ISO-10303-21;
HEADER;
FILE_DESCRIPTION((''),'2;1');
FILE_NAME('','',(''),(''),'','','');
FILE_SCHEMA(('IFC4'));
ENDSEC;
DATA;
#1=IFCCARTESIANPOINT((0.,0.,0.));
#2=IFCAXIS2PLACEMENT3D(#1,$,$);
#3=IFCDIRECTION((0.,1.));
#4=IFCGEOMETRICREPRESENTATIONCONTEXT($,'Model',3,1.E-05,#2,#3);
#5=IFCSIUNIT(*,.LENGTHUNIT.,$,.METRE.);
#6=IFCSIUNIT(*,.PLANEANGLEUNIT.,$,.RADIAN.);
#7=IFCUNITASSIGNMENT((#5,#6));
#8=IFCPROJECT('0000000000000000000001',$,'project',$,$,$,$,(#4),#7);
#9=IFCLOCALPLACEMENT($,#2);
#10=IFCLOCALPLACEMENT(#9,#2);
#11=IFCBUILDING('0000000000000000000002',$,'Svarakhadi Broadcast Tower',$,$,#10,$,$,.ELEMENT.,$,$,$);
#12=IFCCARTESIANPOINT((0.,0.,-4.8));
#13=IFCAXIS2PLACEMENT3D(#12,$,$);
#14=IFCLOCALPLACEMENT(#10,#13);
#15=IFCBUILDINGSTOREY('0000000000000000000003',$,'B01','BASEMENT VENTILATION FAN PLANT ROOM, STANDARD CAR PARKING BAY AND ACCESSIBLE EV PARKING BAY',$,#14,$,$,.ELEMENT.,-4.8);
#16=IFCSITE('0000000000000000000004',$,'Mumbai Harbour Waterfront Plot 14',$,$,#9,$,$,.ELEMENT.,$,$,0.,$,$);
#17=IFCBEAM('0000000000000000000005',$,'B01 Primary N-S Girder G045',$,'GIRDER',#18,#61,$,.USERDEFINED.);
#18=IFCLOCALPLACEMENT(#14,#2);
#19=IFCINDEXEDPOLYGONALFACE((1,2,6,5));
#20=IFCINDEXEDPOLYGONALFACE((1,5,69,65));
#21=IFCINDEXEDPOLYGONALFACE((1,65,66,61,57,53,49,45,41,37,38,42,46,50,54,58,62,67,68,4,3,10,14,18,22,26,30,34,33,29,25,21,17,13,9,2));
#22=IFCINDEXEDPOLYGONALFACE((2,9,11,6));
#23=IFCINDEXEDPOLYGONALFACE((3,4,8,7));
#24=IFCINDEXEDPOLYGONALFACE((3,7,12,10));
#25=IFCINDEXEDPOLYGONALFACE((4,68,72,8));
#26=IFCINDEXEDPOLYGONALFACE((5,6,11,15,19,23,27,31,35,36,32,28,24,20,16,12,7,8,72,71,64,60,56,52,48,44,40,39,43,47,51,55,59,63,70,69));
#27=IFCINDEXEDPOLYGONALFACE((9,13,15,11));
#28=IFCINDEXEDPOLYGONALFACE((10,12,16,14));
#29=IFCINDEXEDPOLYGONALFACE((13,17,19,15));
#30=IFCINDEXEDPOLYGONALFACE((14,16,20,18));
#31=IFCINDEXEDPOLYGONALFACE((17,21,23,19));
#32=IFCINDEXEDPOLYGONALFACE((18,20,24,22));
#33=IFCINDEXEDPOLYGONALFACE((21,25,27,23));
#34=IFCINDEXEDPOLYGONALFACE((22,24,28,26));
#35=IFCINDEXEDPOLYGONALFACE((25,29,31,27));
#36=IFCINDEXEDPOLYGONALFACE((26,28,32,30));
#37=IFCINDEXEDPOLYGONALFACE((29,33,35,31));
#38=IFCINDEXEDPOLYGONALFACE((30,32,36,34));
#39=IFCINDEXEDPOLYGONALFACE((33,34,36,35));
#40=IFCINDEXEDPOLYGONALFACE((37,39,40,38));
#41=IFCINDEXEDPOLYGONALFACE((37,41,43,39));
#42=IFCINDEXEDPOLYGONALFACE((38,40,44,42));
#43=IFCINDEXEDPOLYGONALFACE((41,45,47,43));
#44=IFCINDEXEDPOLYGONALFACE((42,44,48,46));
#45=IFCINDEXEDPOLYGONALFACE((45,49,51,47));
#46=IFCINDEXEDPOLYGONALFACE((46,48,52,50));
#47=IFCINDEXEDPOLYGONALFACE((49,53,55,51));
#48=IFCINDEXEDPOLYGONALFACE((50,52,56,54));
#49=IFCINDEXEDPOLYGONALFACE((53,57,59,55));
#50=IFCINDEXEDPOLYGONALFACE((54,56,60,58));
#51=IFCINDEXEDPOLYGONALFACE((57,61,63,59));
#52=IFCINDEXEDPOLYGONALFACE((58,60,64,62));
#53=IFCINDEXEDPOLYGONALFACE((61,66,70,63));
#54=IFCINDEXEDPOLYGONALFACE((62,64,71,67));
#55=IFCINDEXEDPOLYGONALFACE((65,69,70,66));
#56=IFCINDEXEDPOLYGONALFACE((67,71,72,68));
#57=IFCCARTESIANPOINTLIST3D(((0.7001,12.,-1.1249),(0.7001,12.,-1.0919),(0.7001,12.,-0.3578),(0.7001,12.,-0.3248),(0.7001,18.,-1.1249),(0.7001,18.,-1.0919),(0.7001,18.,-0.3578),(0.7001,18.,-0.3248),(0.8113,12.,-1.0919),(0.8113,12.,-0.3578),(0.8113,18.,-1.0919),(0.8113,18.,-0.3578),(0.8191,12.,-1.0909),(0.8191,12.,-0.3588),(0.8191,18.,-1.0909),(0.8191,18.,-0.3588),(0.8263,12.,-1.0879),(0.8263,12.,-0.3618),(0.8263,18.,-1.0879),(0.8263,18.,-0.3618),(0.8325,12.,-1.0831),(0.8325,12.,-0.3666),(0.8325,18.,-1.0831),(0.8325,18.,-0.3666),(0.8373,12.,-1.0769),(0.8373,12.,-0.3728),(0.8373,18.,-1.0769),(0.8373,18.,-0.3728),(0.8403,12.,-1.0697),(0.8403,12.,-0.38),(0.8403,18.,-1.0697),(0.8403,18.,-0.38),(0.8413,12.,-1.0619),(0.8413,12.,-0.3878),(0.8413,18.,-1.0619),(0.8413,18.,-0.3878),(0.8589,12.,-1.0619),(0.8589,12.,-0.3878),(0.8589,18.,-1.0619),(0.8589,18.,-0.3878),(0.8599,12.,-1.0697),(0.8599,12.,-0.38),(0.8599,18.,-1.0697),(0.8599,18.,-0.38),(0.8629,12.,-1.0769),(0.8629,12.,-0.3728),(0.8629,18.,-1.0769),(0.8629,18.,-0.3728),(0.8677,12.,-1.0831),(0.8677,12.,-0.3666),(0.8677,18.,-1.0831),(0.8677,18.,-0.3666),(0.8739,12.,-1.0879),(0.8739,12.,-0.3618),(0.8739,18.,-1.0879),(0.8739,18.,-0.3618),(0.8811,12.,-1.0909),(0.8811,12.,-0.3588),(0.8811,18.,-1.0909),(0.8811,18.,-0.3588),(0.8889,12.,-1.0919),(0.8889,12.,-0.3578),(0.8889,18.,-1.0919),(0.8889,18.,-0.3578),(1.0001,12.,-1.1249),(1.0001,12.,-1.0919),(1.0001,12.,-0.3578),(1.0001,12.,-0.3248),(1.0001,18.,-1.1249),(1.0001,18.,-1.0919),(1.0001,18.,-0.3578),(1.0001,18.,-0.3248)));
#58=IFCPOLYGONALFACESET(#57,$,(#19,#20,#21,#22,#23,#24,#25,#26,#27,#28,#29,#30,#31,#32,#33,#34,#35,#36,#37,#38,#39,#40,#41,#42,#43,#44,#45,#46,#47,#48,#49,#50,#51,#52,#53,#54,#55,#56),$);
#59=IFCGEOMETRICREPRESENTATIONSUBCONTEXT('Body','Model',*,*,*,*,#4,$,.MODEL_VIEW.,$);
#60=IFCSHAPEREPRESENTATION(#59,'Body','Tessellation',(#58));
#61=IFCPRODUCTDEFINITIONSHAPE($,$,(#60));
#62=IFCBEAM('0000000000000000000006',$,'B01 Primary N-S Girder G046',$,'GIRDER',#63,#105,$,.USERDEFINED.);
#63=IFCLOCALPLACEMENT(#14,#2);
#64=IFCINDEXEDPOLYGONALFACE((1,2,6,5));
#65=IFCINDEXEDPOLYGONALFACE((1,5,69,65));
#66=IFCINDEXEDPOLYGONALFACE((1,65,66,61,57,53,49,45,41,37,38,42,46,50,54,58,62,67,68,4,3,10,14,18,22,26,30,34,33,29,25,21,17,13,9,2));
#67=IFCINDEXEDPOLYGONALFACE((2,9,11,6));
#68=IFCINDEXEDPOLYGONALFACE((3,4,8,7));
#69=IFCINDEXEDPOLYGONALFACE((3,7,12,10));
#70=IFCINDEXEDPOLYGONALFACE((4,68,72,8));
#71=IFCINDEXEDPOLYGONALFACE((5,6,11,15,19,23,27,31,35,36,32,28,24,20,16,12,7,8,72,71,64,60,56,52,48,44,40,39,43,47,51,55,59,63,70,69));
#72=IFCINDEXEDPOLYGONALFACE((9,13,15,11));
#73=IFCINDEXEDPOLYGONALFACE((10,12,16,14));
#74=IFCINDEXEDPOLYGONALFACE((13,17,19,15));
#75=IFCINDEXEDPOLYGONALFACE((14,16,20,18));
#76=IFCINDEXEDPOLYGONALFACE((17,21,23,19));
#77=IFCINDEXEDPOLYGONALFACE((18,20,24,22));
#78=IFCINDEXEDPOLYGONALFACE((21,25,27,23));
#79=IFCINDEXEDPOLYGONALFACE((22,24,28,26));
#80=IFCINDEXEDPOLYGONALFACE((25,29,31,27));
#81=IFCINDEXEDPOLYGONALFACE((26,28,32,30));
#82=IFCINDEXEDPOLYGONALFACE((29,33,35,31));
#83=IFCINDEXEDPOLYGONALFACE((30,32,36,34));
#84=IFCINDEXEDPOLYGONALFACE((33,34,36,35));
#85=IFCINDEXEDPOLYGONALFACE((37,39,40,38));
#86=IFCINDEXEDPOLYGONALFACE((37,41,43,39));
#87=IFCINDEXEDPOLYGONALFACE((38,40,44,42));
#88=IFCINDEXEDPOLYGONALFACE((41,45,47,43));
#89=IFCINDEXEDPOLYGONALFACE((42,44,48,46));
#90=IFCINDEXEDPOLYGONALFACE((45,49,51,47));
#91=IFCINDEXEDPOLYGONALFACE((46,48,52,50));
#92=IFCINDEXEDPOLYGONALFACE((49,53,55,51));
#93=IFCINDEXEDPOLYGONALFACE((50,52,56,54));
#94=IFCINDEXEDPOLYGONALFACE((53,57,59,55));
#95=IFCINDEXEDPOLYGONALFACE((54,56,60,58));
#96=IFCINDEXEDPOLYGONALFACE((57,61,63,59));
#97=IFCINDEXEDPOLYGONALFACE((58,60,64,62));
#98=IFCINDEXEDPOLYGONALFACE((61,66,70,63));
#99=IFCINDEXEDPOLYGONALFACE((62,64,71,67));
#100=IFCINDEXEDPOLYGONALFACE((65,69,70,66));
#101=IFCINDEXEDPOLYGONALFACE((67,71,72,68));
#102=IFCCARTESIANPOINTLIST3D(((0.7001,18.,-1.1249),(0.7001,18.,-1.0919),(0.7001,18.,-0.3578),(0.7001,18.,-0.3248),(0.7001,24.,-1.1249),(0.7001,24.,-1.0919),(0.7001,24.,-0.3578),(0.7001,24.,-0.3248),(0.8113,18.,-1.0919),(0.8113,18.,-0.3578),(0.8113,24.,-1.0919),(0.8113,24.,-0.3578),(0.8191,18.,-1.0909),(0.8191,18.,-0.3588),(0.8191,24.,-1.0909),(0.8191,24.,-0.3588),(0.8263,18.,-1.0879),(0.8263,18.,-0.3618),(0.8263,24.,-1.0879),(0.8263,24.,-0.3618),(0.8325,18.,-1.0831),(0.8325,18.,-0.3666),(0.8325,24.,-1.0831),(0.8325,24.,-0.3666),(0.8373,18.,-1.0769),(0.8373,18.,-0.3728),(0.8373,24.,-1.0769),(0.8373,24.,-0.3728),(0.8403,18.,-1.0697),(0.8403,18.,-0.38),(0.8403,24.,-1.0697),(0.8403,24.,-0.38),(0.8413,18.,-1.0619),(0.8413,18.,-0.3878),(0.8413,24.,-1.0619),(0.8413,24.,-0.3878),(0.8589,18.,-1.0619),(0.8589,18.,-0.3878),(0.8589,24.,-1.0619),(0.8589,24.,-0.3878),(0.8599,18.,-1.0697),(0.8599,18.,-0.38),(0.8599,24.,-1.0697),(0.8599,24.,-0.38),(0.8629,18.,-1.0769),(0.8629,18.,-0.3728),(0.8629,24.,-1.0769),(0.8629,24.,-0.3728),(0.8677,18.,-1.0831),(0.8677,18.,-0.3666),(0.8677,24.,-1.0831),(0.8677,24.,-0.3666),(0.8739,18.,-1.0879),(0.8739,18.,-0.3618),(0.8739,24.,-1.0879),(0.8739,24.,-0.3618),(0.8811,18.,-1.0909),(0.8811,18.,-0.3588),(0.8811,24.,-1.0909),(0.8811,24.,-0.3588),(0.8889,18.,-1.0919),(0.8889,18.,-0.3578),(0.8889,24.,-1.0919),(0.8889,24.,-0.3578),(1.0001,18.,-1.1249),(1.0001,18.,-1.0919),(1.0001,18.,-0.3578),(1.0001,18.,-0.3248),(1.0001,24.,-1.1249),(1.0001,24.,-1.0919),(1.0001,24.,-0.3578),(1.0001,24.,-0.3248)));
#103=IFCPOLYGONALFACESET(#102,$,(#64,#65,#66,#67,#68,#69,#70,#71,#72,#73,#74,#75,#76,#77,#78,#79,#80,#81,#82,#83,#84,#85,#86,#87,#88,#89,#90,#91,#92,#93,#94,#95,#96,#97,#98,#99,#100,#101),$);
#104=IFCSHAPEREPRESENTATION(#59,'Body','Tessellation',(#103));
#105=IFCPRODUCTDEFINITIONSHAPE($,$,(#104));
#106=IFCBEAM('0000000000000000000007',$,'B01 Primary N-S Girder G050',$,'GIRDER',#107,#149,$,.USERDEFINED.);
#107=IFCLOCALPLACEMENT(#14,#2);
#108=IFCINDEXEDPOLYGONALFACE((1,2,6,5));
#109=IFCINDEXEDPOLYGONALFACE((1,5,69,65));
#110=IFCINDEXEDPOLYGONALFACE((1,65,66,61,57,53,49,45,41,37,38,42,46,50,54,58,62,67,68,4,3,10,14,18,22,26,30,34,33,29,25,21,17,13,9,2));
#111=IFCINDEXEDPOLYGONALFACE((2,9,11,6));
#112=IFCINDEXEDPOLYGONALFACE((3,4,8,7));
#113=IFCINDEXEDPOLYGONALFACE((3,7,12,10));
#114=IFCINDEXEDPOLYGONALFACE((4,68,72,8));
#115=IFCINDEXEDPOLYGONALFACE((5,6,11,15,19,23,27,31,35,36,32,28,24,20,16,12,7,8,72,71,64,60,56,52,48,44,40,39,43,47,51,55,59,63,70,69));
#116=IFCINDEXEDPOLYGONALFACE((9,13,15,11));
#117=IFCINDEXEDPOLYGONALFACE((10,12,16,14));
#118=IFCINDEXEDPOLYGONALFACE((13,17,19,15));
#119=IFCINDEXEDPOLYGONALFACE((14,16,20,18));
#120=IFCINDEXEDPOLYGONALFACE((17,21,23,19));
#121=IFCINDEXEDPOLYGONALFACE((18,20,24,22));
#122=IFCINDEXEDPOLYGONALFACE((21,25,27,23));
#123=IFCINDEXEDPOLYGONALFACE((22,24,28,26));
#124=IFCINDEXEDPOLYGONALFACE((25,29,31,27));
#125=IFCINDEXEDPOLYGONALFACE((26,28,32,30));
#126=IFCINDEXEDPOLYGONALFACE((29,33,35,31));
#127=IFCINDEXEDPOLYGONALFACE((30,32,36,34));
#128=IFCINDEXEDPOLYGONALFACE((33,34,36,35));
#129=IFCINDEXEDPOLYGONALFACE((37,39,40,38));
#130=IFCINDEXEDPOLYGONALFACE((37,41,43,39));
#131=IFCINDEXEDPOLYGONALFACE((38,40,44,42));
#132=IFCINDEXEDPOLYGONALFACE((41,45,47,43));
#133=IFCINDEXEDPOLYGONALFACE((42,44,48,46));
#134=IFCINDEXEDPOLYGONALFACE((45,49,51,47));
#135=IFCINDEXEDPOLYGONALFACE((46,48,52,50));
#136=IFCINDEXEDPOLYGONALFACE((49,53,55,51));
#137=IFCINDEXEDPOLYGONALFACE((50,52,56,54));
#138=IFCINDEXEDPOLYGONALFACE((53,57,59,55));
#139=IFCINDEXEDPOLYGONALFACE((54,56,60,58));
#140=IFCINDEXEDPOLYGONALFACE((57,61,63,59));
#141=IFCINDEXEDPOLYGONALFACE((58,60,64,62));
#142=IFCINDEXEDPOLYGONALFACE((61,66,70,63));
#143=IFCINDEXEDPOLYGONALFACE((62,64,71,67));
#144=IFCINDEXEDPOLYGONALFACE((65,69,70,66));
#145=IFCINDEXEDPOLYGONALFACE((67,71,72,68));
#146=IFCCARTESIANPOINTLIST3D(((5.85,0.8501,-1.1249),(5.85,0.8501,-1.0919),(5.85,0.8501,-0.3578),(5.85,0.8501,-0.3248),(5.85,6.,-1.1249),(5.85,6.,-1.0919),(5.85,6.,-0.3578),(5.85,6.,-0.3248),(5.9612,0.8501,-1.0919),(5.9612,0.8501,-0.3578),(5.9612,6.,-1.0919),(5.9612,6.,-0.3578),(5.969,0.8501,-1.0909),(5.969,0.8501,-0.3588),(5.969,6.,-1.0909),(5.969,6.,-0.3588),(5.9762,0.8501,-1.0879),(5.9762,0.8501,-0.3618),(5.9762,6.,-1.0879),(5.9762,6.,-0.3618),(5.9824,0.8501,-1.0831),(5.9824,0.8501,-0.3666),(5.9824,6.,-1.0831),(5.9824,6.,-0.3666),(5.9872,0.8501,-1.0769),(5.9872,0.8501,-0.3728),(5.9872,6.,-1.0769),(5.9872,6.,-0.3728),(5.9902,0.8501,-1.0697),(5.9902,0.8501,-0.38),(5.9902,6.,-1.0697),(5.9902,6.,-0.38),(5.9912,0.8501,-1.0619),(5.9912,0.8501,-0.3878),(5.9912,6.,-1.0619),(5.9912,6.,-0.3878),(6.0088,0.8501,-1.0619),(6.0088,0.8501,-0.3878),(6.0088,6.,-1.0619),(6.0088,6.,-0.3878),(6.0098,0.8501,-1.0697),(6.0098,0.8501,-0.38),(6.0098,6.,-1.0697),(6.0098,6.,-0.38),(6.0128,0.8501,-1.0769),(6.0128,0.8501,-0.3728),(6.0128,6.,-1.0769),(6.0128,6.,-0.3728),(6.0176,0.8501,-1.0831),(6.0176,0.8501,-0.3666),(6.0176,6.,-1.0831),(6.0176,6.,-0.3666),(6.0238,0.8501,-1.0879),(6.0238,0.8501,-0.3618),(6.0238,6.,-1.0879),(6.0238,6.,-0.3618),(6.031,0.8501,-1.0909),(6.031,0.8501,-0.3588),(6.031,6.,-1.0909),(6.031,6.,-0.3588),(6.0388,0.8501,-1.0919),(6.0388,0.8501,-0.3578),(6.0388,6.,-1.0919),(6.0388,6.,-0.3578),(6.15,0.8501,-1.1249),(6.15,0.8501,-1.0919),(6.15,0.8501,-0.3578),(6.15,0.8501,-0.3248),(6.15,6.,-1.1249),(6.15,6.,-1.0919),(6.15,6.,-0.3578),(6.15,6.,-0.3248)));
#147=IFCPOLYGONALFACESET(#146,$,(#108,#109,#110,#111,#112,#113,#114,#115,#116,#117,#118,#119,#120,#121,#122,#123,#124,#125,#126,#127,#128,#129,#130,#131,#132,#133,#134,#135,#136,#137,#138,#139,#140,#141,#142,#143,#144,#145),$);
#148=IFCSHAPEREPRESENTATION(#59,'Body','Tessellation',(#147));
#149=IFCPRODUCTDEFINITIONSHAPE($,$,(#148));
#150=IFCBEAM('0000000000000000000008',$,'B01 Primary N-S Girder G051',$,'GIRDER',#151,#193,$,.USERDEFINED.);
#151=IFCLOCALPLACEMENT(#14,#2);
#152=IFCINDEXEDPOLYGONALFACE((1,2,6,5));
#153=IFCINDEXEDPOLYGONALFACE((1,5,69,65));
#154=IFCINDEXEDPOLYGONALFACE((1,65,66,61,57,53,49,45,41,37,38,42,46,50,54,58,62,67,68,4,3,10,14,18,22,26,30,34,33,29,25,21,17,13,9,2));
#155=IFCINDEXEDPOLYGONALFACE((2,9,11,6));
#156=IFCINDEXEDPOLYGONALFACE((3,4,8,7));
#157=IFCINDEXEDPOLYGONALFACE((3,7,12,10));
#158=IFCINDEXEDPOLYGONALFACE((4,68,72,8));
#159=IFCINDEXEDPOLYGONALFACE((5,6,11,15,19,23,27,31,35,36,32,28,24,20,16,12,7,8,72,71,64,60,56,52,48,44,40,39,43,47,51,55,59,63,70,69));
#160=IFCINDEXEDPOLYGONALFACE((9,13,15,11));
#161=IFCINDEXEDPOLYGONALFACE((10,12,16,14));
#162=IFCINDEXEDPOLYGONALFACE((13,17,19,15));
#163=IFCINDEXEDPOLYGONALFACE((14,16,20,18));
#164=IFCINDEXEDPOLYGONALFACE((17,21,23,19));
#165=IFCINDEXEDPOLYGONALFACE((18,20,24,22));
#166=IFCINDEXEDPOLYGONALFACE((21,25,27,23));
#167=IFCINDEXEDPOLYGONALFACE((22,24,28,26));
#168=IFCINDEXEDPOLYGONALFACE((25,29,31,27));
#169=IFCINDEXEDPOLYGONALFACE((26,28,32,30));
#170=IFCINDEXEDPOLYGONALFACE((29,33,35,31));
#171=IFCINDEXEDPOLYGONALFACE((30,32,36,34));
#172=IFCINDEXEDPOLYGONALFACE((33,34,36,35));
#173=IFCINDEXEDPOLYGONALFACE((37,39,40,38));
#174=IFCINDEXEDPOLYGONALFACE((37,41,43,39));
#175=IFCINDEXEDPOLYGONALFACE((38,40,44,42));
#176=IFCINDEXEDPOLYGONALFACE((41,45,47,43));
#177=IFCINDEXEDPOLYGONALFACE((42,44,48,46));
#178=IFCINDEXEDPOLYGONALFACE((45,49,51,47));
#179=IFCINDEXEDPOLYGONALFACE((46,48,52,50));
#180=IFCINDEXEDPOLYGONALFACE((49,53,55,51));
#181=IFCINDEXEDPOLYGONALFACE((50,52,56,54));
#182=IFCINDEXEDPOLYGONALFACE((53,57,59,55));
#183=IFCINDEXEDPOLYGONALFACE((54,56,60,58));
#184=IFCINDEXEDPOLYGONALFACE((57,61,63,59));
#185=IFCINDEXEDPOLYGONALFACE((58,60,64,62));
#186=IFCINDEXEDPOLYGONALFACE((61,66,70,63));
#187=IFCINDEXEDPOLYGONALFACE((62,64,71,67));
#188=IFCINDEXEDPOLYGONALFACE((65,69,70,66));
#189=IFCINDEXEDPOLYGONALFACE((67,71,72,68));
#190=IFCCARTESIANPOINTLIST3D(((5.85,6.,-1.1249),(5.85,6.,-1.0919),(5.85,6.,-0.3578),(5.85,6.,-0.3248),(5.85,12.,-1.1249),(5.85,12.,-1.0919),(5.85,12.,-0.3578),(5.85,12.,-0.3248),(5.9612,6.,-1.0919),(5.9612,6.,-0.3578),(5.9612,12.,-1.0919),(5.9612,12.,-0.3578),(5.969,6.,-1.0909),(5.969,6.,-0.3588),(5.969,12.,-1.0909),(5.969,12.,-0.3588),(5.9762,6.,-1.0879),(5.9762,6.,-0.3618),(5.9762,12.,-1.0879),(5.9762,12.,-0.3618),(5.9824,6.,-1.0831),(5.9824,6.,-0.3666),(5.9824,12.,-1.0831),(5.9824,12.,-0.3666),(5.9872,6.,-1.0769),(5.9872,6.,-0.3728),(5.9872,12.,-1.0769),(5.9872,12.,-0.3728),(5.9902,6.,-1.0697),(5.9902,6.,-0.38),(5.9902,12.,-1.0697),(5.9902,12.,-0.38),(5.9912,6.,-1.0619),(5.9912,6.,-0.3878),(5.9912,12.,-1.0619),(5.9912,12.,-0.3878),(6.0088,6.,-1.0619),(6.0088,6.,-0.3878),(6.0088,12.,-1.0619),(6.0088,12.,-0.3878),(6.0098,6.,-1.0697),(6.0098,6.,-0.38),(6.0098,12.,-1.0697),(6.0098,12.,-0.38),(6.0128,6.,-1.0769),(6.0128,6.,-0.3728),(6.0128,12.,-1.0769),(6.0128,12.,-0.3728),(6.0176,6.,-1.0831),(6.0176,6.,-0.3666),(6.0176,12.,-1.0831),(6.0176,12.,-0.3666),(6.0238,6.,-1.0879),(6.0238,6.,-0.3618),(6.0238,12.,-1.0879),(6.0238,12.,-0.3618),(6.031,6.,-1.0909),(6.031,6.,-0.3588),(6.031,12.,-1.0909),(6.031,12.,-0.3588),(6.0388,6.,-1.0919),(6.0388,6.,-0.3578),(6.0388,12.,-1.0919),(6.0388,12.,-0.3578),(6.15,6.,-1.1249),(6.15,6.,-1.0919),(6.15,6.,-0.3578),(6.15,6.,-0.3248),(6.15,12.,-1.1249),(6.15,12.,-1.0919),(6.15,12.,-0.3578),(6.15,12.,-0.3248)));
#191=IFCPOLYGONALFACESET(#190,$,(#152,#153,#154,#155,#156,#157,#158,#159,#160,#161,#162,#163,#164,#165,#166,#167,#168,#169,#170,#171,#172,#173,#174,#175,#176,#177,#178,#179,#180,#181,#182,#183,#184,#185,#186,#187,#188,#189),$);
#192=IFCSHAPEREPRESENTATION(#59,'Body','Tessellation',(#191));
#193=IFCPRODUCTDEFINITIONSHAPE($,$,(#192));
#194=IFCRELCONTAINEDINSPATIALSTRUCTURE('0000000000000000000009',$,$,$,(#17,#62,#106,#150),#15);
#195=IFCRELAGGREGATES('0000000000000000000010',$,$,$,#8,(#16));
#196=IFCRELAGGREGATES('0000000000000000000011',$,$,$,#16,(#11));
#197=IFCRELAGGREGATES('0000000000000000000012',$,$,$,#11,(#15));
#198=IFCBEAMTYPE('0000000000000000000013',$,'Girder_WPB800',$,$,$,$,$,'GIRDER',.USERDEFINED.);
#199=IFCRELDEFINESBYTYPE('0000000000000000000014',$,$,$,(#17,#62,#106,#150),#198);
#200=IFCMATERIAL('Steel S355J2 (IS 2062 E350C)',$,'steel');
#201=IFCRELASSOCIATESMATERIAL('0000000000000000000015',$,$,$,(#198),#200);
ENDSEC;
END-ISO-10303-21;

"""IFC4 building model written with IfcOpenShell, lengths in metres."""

from ifc_helpers import new_model, si_unit, direction, frame, origin, origin_2d, place, context, subcontext, project, spatial, i_section, extrude, material, material_profile, profile_set, type_object, element, save


model = new_model("IFC4")

# Units and contexts
model_context = context("Model", 3, precision=1e-05, world=origin(), true_north=direction((0.0, 1.0)))
body_context = subcontext(model_context, "Body", "Model", "MODEL_VIEW")
ifc_project = project(units=[si_unit("LENGTHUNIT", "METRE"), si_unit("PLANEANGLEUNIT", "RADIAN")], contexts=[model_context])

# Site, building, storey
site_placement = place(None, origin())
site = spatial("IfcSite", under=ifc_project, at=site_placement, Name="Mumbai Harbour Waterfront Plot 14", CompositionType="ELEMENT", RefElevation=0.0)
building_placement = place(site_placement, origin())
building = spatial("IfcBuilding", under=site, at=building_placement, Name="Svarakhadi Broadcast Tower", CompositionType="ELEMENT")
storey_placement = place(building_placement, frame((0.0, 0.0, -4.8)))
storey = spatial("IfcBuildingStorey", under=building, at=storey_placement, Name="B01", Description="BASEMENT VENTILATION FAN PLANT ROOM, STANDARD CAR PARKING BAY AND ACCESSIBLE EV PARKING BAY", CompositionType="ELEMENT", Elevation=-4.8)

# Beams
ifc_material_1 = material(Name="Steel S355J2 (IS 2062 E350C)", Category="steel")
ifc_material_profile_1 = material_profile(ifc_material_1, i_section(OverallWidth=0.3, OverallDepth=0.8, WebThickness=0.0176, FlangeThickness=0.033, FilletRadius=0.03, at=origin_2d()), Name="WPB 800x300x262")
ifc_profile_set_1 = profile_set([ifc_material_profile_1], Name="Steel S355J2 (IS 2062 E350C)")
beam_type_1 = type_object("IfcBeamType", Name="Girder_WPB800", ElementType="GIRDER", PredefinedType="USERDEFINED", material=ifc_profile_set_1)
for number, where, z_axis, x_axis, name in (
    (1, (0.8501, 12.0, -0.7249), (0.0, 1.0, 0.0), (-1.0, 0.0, 0.0), "B01 Primary N-S Girder G045"),
    (2, (0.8501, 18.0, -0.7249), (0.0, 1.0, 0.0), (-1.0, 0.0, 0.0), "B01 Primary N-S Girder G046"),
):
    element("IfcBeam", number, at=place(storey_placement, frame(where, z_axis=z_axis, x_axis=x_axis)), inside=storey, type_object=beam_type_1, Name=name, ObjectType="GIRDER", PredefinedType="USERDEFINED", context=body_context, shape_type="SweptSolid", body=[
        extrude(i_section(OverallWidth=0.3, OverallDepth=0.8, WebThickness=0.0176, FlangeThickness=0.033, FilletRadius=0.03, at=origin_2d()), origin(), (0.0, 0.0, 1.0), 6.0),
    ])
beam_1_placement = place(storey_placement, frame((6.0, 0.8501, -0.7249), z_axis=(0.0, 1.0, 0.0), x_axis=(-1.0, 0.0, 0.0)))
element("IfcBeam", 3, at=beam_1_placement, inside=storey, type_object=beam_type_1, Name="B01 Primary N-S Girder G050", ObjectType="GIRDER", PredefinedType="USERDEFINED", context=body_context, shape_type="SweptSolid", body=[
    extrude(i_section(OverallWidth=0.3, OverallDepth=0.8, WebThickness=0.0176, FlangeThickness=0.033, FilletRadius=0.03, at=origin_2d()), origin(), (0.0, 0.0, 1.0), 5.1499),
])
for number, where, z_axis, x_axis, name in (
    (4, (6.0, 6.0, -0.7249), (0.0, 1.0, 0.0), (-1.0, 0.0, 0.0), "B01 Primary N-S Girder G051"),
):
    element("IfcBeam", number, at=place(storey_placement, frame(where, z_axis=z_axis, x_axis=x_axis)), inside=storey, type_object=beam_type_1, Name=name, ObjectType="GIRDER", PredefinedType="USERDEFINED", context=body_context, shape_type="SweptSolid", body=[
        extrude(i_section(OverallWidth=0.3, OverallDepth=0.8, WebThickness=0.0176, FlangeThickness=0.033, FilletRadius=0.03, at=origin_2d()), origin(), (0.0, 0.0, 1.0), 6.0),
    ])

save(model, "model.ifc")
